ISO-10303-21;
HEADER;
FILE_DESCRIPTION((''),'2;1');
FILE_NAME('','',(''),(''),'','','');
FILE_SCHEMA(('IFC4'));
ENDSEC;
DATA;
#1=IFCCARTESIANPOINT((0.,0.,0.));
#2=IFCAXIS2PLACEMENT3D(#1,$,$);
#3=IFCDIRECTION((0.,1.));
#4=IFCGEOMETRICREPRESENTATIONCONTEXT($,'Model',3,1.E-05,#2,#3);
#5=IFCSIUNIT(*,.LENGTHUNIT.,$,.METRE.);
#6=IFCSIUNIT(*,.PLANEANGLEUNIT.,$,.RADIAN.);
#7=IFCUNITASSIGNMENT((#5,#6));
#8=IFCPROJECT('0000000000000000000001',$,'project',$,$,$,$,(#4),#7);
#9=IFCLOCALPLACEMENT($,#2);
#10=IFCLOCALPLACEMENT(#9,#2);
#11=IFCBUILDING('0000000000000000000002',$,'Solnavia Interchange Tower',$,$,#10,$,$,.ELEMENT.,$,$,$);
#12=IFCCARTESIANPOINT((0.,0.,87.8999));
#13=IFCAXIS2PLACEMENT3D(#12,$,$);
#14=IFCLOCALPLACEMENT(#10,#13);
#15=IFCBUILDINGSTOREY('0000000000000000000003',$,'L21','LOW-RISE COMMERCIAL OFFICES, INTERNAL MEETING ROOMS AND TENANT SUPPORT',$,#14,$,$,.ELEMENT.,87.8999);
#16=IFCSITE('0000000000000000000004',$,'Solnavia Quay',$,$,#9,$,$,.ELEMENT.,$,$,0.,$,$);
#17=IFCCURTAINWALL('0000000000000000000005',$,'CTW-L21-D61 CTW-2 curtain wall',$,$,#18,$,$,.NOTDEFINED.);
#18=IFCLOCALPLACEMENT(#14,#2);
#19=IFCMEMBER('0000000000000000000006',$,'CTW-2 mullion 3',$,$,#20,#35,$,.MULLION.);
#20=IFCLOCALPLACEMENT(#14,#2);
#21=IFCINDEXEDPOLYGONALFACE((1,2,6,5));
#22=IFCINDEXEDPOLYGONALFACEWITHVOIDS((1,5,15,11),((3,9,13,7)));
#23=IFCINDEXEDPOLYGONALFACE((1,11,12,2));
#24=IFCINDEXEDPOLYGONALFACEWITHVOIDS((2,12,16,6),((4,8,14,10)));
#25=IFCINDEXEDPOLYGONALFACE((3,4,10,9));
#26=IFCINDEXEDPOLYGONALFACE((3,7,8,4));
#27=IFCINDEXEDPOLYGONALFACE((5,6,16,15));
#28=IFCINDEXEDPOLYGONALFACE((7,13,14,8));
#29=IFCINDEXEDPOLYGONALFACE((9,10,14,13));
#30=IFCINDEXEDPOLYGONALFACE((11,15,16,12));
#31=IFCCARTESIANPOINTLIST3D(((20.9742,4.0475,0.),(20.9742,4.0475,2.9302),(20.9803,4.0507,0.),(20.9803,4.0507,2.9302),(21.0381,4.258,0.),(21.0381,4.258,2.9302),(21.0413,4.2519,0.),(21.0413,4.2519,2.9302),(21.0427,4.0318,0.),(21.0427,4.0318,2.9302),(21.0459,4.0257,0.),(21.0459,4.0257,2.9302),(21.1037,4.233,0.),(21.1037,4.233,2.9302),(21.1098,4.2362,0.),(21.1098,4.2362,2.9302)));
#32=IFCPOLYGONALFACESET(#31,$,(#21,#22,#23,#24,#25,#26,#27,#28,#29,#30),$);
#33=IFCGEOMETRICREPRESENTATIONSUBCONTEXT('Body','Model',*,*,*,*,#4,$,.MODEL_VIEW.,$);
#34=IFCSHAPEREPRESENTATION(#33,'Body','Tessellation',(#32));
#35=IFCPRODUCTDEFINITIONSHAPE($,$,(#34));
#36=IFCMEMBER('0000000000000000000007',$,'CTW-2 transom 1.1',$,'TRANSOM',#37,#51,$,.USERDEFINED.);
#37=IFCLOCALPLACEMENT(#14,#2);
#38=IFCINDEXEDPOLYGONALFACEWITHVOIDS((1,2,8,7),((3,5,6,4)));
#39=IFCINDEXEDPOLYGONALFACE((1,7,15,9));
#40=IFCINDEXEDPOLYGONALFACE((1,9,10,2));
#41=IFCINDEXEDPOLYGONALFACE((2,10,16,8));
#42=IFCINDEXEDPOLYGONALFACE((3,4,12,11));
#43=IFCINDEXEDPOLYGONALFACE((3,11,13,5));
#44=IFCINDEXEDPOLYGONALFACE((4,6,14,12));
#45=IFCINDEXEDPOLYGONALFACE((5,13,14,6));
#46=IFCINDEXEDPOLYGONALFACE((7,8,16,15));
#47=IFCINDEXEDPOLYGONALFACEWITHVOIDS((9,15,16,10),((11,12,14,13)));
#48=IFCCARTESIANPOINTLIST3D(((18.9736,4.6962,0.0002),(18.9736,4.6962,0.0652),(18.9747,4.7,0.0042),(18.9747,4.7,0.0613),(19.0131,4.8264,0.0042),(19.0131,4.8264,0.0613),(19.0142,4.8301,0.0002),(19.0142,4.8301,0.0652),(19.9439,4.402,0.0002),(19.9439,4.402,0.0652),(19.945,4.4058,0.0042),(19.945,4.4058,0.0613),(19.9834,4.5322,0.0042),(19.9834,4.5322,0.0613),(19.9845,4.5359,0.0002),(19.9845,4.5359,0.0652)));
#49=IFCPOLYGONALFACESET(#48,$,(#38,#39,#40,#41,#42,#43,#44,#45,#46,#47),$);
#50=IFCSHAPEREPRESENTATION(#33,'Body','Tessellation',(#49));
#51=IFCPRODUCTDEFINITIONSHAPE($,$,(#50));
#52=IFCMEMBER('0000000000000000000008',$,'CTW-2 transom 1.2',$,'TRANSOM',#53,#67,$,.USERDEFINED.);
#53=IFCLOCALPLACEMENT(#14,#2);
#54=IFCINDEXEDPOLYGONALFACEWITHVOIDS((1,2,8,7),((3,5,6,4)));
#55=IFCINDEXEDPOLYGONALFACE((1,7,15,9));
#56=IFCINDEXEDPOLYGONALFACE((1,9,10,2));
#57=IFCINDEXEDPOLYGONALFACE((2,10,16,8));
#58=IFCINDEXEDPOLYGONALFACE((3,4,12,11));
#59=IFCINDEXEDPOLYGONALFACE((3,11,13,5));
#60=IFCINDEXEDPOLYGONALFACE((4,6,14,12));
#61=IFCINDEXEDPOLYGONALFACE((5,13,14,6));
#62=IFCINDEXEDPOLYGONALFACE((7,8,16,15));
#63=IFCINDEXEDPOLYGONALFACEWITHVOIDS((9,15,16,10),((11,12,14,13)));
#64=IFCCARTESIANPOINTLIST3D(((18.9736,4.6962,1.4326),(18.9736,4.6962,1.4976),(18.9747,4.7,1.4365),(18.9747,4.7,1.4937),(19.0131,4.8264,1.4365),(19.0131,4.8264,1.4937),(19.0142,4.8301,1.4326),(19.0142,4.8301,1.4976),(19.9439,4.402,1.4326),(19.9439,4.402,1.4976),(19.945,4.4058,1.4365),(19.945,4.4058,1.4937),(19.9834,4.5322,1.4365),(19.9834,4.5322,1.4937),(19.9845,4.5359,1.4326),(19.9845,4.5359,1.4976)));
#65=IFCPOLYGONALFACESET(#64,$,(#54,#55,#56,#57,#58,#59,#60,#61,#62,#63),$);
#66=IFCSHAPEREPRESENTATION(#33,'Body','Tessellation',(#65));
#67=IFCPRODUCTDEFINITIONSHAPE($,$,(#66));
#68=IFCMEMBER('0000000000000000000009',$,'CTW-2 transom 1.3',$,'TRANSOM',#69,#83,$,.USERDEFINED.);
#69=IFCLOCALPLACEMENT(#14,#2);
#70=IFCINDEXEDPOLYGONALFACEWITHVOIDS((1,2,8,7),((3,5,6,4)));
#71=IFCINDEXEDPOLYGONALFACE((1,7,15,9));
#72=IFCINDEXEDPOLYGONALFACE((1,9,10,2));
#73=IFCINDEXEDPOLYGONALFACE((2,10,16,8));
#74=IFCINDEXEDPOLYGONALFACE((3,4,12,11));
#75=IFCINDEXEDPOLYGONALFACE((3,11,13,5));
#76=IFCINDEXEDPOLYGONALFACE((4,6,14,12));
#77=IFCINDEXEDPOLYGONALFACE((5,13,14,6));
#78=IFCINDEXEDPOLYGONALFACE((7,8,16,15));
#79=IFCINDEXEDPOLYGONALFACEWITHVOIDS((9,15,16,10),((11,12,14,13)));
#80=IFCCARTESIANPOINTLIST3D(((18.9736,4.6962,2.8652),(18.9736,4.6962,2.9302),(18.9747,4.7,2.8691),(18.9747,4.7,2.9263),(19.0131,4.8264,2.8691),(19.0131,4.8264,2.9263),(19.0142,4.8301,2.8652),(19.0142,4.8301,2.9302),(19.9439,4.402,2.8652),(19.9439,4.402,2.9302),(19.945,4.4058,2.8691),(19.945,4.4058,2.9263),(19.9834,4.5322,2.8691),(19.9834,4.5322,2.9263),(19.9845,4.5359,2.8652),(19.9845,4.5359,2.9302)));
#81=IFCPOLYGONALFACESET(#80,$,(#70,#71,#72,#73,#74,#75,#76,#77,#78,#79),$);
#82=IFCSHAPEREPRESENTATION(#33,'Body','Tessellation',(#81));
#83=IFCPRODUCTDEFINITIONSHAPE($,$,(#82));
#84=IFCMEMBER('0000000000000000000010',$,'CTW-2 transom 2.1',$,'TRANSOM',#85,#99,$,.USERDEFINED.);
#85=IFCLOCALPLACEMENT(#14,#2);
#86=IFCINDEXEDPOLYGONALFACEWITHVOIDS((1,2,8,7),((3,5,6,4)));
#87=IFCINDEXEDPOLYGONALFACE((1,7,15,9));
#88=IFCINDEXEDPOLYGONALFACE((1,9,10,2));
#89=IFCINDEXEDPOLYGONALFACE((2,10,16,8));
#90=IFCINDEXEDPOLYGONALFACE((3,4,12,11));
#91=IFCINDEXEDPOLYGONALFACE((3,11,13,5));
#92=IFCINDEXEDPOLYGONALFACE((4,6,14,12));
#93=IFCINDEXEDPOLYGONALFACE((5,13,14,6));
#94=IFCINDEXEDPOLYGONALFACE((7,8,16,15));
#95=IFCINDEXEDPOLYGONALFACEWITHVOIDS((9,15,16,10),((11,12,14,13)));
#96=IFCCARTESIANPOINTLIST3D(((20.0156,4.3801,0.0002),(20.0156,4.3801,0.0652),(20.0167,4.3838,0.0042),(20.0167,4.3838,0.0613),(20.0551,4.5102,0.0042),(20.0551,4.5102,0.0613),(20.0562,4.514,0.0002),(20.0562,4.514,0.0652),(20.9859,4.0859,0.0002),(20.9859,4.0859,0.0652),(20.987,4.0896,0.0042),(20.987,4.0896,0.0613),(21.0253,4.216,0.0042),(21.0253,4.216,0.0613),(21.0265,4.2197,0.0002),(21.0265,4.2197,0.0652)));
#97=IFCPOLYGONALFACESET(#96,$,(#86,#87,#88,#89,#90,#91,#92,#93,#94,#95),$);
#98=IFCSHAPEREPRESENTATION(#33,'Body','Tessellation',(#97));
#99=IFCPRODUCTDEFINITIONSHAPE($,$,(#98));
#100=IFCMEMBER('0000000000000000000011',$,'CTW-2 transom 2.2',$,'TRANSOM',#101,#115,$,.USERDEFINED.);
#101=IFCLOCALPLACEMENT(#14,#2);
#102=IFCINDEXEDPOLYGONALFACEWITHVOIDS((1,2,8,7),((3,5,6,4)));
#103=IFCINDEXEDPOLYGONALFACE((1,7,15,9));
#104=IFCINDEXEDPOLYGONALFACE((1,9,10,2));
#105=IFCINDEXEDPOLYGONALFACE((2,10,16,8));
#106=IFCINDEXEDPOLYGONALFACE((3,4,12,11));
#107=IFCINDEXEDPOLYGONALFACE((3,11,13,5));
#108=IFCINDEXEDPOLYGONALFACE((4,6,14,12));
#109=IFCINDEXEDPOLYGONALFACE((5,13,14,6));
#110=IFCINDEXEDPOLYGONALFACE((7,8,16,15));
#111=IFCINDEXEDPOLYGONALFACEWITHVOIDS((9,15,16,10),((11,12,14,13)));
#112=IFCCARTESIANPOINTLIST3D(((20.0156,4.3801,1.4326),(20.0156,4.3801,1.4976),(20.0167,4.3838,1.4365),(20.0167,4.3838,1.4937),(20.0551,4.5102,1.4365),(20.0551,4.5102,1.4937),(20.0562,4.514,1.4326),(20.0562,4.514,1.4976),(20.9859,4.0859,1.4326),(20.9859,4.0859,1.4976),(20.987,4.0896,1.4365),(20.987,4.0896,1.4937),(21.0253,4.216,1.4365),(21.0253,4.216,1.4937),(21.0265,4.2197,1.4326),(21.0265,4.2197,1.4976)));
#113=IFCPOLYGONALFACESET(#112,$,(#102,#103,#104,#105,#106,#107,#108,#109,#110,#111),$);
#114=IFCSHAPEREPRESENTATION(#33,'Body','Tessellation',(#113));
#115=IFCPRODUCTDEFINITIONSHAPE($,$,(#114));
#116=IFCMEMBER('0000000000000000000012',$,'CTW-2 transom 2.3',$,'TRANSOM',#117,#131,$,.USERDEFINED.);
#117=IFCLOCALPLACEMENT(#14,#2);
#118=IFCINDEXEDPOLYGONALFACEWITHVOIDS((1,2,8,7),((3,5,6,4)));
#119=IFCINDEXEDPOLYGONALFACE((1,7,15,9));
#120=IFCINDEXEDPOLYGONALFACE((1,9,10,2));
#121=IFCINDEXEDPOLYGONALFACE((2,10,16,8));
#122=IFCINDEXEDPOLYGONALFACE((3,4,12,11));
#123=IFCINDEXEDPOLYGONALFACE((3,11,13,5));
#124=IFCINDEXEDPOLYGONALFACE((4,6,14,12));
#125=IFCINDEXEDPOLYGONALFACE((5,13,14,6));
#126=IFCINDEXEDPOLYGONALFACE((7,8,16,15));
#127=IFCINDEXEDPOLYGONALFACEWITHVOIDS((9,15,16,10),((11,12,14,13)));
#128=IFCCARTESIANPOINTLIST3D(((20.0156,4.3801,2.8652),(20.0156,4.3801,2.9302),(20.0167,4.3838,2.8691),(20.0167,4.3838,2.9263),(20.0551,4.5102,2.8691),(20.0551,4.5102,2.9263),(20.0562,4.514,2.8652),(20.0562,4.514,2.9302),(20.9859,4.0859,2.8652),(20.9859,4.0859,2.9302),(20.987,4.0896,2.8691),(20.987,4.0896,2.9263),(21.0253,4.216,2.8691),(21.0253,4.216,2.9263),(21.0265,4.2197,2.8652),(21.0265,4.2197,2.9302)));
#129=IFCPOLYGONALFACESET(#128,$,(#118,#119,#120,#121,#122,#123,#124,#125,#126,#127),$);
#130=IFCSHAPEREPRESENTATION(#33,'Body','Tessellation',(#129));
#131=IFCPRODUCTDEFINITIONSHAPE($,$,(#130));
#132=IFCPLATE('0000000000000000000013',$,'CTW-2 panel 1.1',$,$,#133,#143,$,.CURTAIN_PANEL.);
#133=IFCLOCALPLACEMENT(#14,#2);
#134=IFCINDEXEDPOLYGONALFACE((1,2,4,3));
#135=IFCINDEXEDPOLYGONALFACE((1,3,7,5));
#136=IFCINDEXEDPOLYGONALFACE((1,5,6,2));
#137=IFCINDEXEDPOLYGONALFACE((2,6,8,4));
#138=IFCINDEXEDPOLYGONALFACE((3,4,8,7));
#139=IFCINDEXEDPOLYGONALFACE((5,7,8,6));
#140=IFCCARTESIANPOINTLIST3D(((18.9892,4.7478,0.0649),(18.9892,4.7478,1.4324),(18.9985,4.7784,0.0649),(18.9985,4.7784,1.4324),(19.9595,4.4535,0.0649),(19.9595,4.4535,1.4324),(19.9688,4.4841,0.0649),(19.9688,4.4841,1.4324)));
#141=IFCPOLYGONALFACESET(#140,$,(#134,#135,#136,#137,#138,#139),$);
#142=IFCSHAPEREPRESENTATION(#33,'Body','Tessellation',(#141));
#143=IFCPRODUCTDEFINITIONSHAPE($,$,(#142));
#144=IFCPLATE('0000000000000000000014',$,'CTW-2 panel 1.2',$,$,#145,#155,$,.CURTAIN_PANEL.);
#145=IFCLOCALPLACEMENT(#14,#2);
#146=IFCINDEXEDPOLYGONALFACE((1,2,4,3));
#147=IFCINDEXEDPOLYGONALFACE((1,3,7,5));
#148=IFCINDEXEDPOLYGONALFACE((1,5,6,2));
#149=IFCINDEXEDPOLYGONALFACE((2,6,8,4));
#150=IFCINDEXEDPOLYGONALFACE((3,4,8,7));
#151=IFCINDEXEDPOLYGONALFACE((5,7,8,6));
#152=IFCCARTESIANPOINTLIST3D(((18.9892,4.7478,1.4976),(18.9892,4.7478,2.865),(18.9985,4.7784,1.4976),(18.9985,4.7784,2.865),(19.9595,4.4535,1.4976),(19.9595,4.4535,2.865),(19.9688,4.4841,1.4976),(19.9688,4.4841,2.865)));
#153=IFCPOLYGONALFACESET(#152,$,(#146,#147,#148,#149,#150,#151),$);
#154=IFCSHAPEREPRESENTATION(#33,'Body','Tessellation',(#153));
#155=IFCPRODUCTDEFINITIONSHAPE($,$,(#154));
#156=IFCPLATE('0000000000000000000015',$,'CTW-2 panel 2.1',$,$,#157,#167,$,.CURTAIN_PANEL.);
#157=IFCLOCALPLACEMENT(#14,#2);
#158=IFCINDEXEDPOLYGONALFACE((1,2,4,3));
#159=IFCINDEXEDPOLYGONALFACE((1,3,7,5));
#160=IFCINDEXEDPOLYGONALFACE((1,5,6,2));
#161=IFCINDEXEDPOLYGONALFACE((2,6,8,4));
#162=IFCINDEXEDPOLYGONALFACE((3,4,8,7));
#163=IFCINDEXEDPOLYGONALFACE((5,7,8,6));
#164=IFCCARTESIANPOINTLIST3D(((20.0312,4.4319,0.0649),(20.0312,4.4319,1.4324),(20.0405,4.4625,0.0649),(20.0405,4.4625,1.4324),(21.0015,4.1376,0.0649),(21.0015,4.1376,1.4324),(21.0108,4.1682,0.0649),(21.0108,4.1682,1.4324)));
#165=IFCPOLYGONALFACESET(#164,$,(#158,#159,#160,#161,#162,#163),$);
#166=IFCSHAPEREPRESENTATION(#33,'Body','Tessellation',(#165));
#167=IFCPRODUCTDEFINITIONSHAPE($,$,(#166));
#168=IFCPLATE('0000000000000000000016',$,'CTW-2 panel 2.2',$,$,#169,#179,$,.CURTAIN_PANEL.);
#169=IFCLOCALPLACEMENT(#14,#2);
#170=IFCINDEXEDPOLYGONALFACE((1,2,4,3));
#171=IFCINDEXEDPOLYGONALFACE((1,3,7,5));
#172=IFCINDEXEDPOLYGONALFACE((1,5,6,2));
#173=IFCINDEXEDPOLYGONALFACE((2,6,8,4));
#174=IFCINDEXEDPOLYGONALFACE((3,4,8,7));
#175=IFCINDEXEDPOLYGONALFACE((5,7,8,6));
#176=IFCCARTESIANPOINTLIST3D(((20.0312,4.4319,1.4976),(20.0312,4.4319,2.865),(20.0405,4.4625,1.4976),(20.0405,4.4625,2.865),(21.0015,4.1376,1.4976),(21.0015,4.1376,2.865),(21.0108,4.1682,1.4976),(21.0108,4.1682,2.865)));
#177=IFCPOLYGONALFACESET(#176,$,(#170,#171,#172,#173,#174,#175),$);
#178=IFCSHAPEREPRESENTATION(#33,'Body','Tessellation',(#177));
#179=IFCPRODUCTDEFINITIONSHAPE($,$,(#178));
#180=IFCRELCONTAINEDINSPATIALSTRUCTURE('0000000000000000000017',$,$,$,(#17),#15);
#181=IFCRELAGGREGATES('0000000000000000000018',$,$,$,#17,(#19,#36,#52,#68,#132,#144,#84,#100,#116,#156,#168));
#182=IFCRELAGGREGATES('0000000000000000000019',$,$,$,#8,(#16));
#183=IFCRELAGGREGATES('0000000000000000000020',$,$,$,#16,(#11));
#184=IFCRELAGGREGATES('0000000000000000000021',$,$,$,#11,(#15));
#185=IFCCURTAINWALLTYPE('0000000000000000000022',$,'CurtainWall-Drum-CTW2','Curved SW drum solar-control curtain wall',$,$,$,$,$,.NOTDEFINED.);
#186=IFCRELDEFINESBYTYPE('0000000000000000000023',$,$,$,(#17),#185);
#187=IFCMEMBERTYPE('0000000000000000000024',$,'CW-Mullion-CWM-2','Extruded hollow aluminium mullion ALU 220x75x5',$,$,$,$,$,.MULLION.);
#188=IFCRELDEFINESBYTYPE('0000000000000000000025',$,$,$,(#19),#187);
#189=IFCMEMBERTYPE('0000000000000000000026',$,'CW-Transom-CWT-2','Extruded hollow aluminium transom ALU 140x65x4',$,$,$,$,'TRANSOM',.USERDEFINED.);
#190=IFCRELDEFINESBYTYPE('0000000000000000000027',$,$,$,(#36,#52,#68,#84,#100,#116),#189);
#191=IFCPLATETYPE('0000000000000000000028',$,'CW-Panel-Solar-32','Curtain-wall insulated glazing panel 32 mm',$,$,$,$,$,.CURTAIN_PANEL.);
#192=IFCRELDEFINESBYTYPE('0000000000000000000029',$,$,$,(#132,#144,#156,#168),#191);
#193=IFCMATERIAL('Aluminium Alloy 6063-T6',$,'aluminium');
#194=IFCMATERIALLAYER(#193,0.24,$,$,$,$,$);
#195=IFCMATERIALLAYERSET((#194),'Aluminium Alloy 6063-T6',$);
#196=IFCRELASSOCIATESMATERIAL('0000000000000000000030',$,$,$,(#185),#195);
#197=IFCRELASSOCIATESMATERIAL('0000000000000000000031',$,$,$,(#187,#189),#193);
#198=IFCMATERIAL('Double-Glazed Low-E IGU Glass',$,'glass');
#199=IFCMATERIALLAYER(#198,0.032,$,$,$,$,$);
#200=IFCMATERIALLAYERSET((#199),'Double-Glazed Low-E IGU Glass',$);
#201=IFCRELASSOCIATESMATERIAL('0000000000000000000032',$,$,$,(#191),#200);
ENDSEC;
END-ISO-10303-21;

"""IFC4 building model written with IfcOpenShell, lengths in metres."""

from ifc_helpers import new_model, si_unit, direction, frame, origin, origin_2d, place, context, subcontext, project, spatial, rectangle, hollow_rectangle, extrude, material, layer, layer_set, material_profile, profile_set, type_object, element, aggregate, save


model = new_model("IFC4")

# Units and contexts
model_context = context("Model", 3, precision=1e-05, world=origin(), true_north=direction((0.0, 1.0)))
body_context = subcontext(model_context, "Body", "Model", "MODEL_VIEW")
ifc_project = project(units=[si_unit("LENGTHUNIT", "METRE"), si_unit("PLANEANGLEUNIT", "RADIAN")], contexts=[model_context])

# Site, building, storey
site_placement = place(None, origin())
site = spatial("IfcSite", under=ifc_project, at=site_placement, Name="Solnavia Quay", CompositionType="ELEMENT", RefElevation=0.0)
building_placement = place(site_placement, origin())
building = spatial("IfcBuilding", under=site, at=building_placement, Name="Solnavia Interchange Tower", CompositionType="ELEMENT")
storey_placement = place(building_placement, frame((0.0, 0.0, 87.8999)))
storey = spatial("IfcBuildingStorey", under=building, at=storey_placement, Name="L21", Description="LOW-RISE COMMERCIAL OFFICES, INTERNAL MEETING ROOMS AND TENANT SUPPORT", CompositionType="ELEMENT", Elevation=87.8999)

# Shared definitions
ifc_material_1 = material(Name="Aluminium Alloy 6063-T6", Category="aluminium")
ifc_layer_1 = layer(ifc_material_1, 0.24)
ifc_layer_set_1 = layer_set([ifc_layer_1], Name="Aluminium Alloy 6063-T6")
curtain_wall_type = type_object("IfcCurtainWallType", Name="CurtainWall-Drum-CTW2", Description="Curved SW drum solar-control curtain wall", PredefinedType="NOTDEFINED", material=ifc_layer_set_1)
ifc_material_profile_1 = material_profile(ifc_material_1, hollow_rectangle(XDim=0.075, YDim=0.22, WallThickness=0.0049, at=origin_2d()), Name="ALU 220x75x5")
ifc_profile_set_1 = profile_set([ifc_material_profile_1], Name="Aluminium Alloy 6063-T6")
member_type_1 = type_object("IfcMemberType", Name="CW-Mullion-CWM-2", Description="Extruded hollow aluminium mullion ALU 220x75x5", PredefinedType="MULLION", material=ifc_profile_set_1)

# Curtain wall, members, plates
curtain_wall_1_placement = place(storey_placement, origin())
curtain_wall_1 = element("IfcCurtainWall", 1, at=curtain_wall_1_placement, inside=storey, type_object=curtain_wall_type, Name="CTW-L21-D61 CTW-2 curtain wall", PredefinedType="NOTDEFINED")
member_1_placement = place(storey_placement, frame((21.042, 4.1418, 0.0), z_axis=(0.0, 0.0, 1.0), x_axis=(0.956935, -0.290303, 0.0)))
member_1 = element("IfcMember", 2, at=member_1_placement, type_object=member_type_1, Name="CTW-2 mullion 3", PredefinedType="MULLION", context=body_context, shape_type="SweptSolid", body=[
    extrude(hollow_rectangle(XDim=0.075, YDim=0.22, WallThickness=0.0049, at=origin_2d()), origin(), (0.0, 0.0, 1.0), 2.9302),
])
ifc_material_profile_2 = material_profile(ifc_material_1, hollow_rectangle(XDim=0.0649, YDim=0.1399, WallThickness=0.0039, at=origin_2d()), Name="ALU 140x65x4")
ifc_profile_set_2 = profile_set([ifc_material_profile_2], Name="Aluminium Alloy 6063-T6")
member_type_2 = type_object("IfcMemberType", Name="CW-Transom-CWT-2", Description="Extruded hollow aluminium transom ALU 140x65x4", ElementType="TRANSOM", PredefinedType="USERDEFINED", material=ifc_profile_set_2)
member_2_placement = place(storey_placement, frame((18.9939, 4.7632, 0.0327), z_axis=(0.956974, -0.290174, 0.0), x_axis=(0.0, 0.0, 1.0)))
member_2 = element("IfcMember", 3, at=member_2_placement, type_object=member_type_2, Name="CTW-2 transom 1.1", ObjectType="TRANSOM", PredefinedType="USERDEFINED", context=body_context, shape_type="SweptSolid", body=[
    extrude(hollow_rectangle(XDim=0.0649, YDim=0.1399, WallThickness=0.0039, at=origin_2d()), origin(), (0.0, 0.0, 1.0), 1.0139),
])
member_3_placement = place(storey_placement, frame((18.9939, 4.7632, 1.4651), z_axis=(0.956974, -0.290174, 0.0), x_axis=(0.0, 0.0, 1.0)))
member_3 = element("IfcMember", 4, at=member_3_placement, type_object=member_type_2, Name="CTW-2 transom 1.2", ObjectType="TRANSOM", PredefinedType="USERDEFINED", context=body_context, shape_type="SweptSolid", body=[
    extrude(hollow_rectangle(XDim=0.0649, YDim=0.1399, WallThickness=0.0039, at=origin_2d()), origin(), (0.0, 0.0, 1.0), 1.0139),
])
member_4_placement = place(storey_placement, frame((18.9939, 4.7632, 2.8977), z_axis=(0.956974, -0.290174, 0.0), x_axis=(0.0, 0.0, 1.0)))
member_4 = element("IfcMember", 5, at=member_4_placement, type_object=member_type_2, Name="CTW-2 transom 1.3", ObjectType="TRANSOM", PredefinedType="USERDEFINED", context=body_context, shape_type="SweptSolid", body=[
    extrude(hollow_rectangle(XDim=0.0649, YDim=0.1399, WallThickness=0.0039, at=origin_2d()), origin(), (0.0, 0.0, 1.0), 1.0139),
])
member_5_placement = place(storey_placement, frame((20.0359, 4.447, 0.0327), z_axis=(0.956974, -0.290174, 0.0), x_axis=(0.0, 0.0, 1.0)))
member_5 = element("IfcMember", 6, at=member_5_placement, type_object=member_type_2, Name="CTW-2 transom 2.1", ObjectType="TRANSOM", PredefinedType="USERDEFINED", context=body_context, shape_type="SweptSolid", body=[
    extrude(hollow_rectangle(XDim=0.0649, YDim=0.1399, WallThickness=0.0039, at=origin_2d()), origin(), (0.0, 0.0, 1.0), 1.0139),
])
member_6_placement = place(storey_placement, frame((20.0359, 4.447, 1.4651), z_axis=(0.956974, -0.290174, 0.0), x_axis=(0.0, 0.0, 1.0)))
member_6 = element("IfcMember", 7, at=member_6_placement, type_object=member_type_2, Name="CTW-2 transom 2.2", ObjectType="TRANSOM", PredefinedType="USERDEFINED", context=body_context, shape_type="SweptSolid", body=[
    extrude(hollow_rectangle(XDim=0.0649, YDim=0.1399, WallThickness=0.0039, at=origin_2d()), origin(), (0.0, 0.0, 1.0), 1.0139),
])
member_7_placement = place(storey_placement, frame((20.0359, 4.447, 2.8977), z_axis=(0.956974, -0.290174, 0.0), x_axis=(0.0, 0.0, 1.0)))
member_7 = element("IfcMember", 8, at=member_7_placement, type_object=member_type_2, Name="CTW-2 transom 2.3", ObjectType="TRANSOM", PredefinedType="USERDEFINED", context=body_context, shape_type="SweptSolid", body=[
    extrude(hollow_rectangle(XDim=0.0649, YDim=0.1399, WallThickness=0.0039, at=origin_2d()), origin(), (0.0, 0.0, 1.0), 1.0139),
])
ifc_material_2 = material(Name="Double-Glazed Low-E IGU Glass", Category="glass")
ifc_layer_2 = layer(ifc_material_2, 0.032)
ifc_layer_set_2 = layer_set([ifc_layer_2], Name="Double-Glazed Low-E IGU Glass")
plate_type = type_object("IfcPlateType", Name="CW-Panel-Solar-32", Description="Curtain-wall insulated glazing panel 32 mm", PredefinedType="CURTAIN_PANEL", material=ifc_layer_set_2)
plate_1_placement = place(storey_placement, frame((19.479, 4.616, 0.0649), z_axis=(0.0, 0.0, 1.0), x_axis=(0.956935, -0.290303, 0.0)))
plate_1 = element("IfcPlate", 9, at=plate_1_placement, type_object=plate_type, Name="CTW-2 panel 1.1", PredefinedType="CURTAIN_PANEL", context=body_context, shape_type="SweptSolid", body=[
    extrude(rectangle(XDim=1.0139, YDim=0.032, at=origin_2d()), origin(), (0.0, 0.0, 1.0), 1.3674),
])
plate_2_placement = place(storey_placement, frame((19.479, 4.616, 1.4976), z_axis=(0.0, 0.0, 1.0), x_axis=(0.956935, -0.290303, 0.0)))
plate_2 = element("IfcPlate", 10, at=plate_2_placement, type_object=plate_type, Name="CTW-2 panel 1.2", PredefinedType="CURTAIN_PANEL", context=body_context, shape_type="SweptSolid", body=[
    extrude(rectangle(XDim=1.0139, YDim=0.032, at=origin_2d()), origin(), (0.0, 0.0, 1.0), 1.3674),
])
plate_3_placement = place(storey_placement, frame((20.521, 4.3, 0.0649), z_axis=(0.0, 0.0, 1.0), x_axis=(0.956935, -0.290303, 0.0)))
plate_3 = element("IfcPlate", 11, at=plate_3_placement, type_object=plate_type, Name="CTW-2 panel 2.1", PredefinedType="CURTAIN_PANEL", context=body_context, shape_type="SweptSolid", body=[
    extrude(rectangle(XDim=1.0139, YDim=0.032, at=origin_2d()), origin(), (0.0, 0.0, 1.0), 1.3674),
])
plate_4_placement = place(storey_placement, frame((20.521, 4.3, 1.4976), z_axis=(0.0, 0.0, 1.0), x_axis=(0.956935, -0.290303, 0.0)))
plate_4 = element("IfcPlate", 12, at=plate_4_placement, type_object=plate_type, Name="CTW-2 panel 2.2", PredefinedType="CURTAIN_PANEL", context=body_context, shape_type="SweptSolid", body=[
    extrude(rectangle(XDim=1.0139, YDim=0.032, at=origin_2d()), origin(), (0.0, 0.0, 1.0), 1.3674),
])
aggregate(curtain_wall_1, [member_1, member_2, member_3, member_4, plate_1, plate_2, member_5, member_6, member_7, plate_3, plate_4])

save(model, "model.ifc")
